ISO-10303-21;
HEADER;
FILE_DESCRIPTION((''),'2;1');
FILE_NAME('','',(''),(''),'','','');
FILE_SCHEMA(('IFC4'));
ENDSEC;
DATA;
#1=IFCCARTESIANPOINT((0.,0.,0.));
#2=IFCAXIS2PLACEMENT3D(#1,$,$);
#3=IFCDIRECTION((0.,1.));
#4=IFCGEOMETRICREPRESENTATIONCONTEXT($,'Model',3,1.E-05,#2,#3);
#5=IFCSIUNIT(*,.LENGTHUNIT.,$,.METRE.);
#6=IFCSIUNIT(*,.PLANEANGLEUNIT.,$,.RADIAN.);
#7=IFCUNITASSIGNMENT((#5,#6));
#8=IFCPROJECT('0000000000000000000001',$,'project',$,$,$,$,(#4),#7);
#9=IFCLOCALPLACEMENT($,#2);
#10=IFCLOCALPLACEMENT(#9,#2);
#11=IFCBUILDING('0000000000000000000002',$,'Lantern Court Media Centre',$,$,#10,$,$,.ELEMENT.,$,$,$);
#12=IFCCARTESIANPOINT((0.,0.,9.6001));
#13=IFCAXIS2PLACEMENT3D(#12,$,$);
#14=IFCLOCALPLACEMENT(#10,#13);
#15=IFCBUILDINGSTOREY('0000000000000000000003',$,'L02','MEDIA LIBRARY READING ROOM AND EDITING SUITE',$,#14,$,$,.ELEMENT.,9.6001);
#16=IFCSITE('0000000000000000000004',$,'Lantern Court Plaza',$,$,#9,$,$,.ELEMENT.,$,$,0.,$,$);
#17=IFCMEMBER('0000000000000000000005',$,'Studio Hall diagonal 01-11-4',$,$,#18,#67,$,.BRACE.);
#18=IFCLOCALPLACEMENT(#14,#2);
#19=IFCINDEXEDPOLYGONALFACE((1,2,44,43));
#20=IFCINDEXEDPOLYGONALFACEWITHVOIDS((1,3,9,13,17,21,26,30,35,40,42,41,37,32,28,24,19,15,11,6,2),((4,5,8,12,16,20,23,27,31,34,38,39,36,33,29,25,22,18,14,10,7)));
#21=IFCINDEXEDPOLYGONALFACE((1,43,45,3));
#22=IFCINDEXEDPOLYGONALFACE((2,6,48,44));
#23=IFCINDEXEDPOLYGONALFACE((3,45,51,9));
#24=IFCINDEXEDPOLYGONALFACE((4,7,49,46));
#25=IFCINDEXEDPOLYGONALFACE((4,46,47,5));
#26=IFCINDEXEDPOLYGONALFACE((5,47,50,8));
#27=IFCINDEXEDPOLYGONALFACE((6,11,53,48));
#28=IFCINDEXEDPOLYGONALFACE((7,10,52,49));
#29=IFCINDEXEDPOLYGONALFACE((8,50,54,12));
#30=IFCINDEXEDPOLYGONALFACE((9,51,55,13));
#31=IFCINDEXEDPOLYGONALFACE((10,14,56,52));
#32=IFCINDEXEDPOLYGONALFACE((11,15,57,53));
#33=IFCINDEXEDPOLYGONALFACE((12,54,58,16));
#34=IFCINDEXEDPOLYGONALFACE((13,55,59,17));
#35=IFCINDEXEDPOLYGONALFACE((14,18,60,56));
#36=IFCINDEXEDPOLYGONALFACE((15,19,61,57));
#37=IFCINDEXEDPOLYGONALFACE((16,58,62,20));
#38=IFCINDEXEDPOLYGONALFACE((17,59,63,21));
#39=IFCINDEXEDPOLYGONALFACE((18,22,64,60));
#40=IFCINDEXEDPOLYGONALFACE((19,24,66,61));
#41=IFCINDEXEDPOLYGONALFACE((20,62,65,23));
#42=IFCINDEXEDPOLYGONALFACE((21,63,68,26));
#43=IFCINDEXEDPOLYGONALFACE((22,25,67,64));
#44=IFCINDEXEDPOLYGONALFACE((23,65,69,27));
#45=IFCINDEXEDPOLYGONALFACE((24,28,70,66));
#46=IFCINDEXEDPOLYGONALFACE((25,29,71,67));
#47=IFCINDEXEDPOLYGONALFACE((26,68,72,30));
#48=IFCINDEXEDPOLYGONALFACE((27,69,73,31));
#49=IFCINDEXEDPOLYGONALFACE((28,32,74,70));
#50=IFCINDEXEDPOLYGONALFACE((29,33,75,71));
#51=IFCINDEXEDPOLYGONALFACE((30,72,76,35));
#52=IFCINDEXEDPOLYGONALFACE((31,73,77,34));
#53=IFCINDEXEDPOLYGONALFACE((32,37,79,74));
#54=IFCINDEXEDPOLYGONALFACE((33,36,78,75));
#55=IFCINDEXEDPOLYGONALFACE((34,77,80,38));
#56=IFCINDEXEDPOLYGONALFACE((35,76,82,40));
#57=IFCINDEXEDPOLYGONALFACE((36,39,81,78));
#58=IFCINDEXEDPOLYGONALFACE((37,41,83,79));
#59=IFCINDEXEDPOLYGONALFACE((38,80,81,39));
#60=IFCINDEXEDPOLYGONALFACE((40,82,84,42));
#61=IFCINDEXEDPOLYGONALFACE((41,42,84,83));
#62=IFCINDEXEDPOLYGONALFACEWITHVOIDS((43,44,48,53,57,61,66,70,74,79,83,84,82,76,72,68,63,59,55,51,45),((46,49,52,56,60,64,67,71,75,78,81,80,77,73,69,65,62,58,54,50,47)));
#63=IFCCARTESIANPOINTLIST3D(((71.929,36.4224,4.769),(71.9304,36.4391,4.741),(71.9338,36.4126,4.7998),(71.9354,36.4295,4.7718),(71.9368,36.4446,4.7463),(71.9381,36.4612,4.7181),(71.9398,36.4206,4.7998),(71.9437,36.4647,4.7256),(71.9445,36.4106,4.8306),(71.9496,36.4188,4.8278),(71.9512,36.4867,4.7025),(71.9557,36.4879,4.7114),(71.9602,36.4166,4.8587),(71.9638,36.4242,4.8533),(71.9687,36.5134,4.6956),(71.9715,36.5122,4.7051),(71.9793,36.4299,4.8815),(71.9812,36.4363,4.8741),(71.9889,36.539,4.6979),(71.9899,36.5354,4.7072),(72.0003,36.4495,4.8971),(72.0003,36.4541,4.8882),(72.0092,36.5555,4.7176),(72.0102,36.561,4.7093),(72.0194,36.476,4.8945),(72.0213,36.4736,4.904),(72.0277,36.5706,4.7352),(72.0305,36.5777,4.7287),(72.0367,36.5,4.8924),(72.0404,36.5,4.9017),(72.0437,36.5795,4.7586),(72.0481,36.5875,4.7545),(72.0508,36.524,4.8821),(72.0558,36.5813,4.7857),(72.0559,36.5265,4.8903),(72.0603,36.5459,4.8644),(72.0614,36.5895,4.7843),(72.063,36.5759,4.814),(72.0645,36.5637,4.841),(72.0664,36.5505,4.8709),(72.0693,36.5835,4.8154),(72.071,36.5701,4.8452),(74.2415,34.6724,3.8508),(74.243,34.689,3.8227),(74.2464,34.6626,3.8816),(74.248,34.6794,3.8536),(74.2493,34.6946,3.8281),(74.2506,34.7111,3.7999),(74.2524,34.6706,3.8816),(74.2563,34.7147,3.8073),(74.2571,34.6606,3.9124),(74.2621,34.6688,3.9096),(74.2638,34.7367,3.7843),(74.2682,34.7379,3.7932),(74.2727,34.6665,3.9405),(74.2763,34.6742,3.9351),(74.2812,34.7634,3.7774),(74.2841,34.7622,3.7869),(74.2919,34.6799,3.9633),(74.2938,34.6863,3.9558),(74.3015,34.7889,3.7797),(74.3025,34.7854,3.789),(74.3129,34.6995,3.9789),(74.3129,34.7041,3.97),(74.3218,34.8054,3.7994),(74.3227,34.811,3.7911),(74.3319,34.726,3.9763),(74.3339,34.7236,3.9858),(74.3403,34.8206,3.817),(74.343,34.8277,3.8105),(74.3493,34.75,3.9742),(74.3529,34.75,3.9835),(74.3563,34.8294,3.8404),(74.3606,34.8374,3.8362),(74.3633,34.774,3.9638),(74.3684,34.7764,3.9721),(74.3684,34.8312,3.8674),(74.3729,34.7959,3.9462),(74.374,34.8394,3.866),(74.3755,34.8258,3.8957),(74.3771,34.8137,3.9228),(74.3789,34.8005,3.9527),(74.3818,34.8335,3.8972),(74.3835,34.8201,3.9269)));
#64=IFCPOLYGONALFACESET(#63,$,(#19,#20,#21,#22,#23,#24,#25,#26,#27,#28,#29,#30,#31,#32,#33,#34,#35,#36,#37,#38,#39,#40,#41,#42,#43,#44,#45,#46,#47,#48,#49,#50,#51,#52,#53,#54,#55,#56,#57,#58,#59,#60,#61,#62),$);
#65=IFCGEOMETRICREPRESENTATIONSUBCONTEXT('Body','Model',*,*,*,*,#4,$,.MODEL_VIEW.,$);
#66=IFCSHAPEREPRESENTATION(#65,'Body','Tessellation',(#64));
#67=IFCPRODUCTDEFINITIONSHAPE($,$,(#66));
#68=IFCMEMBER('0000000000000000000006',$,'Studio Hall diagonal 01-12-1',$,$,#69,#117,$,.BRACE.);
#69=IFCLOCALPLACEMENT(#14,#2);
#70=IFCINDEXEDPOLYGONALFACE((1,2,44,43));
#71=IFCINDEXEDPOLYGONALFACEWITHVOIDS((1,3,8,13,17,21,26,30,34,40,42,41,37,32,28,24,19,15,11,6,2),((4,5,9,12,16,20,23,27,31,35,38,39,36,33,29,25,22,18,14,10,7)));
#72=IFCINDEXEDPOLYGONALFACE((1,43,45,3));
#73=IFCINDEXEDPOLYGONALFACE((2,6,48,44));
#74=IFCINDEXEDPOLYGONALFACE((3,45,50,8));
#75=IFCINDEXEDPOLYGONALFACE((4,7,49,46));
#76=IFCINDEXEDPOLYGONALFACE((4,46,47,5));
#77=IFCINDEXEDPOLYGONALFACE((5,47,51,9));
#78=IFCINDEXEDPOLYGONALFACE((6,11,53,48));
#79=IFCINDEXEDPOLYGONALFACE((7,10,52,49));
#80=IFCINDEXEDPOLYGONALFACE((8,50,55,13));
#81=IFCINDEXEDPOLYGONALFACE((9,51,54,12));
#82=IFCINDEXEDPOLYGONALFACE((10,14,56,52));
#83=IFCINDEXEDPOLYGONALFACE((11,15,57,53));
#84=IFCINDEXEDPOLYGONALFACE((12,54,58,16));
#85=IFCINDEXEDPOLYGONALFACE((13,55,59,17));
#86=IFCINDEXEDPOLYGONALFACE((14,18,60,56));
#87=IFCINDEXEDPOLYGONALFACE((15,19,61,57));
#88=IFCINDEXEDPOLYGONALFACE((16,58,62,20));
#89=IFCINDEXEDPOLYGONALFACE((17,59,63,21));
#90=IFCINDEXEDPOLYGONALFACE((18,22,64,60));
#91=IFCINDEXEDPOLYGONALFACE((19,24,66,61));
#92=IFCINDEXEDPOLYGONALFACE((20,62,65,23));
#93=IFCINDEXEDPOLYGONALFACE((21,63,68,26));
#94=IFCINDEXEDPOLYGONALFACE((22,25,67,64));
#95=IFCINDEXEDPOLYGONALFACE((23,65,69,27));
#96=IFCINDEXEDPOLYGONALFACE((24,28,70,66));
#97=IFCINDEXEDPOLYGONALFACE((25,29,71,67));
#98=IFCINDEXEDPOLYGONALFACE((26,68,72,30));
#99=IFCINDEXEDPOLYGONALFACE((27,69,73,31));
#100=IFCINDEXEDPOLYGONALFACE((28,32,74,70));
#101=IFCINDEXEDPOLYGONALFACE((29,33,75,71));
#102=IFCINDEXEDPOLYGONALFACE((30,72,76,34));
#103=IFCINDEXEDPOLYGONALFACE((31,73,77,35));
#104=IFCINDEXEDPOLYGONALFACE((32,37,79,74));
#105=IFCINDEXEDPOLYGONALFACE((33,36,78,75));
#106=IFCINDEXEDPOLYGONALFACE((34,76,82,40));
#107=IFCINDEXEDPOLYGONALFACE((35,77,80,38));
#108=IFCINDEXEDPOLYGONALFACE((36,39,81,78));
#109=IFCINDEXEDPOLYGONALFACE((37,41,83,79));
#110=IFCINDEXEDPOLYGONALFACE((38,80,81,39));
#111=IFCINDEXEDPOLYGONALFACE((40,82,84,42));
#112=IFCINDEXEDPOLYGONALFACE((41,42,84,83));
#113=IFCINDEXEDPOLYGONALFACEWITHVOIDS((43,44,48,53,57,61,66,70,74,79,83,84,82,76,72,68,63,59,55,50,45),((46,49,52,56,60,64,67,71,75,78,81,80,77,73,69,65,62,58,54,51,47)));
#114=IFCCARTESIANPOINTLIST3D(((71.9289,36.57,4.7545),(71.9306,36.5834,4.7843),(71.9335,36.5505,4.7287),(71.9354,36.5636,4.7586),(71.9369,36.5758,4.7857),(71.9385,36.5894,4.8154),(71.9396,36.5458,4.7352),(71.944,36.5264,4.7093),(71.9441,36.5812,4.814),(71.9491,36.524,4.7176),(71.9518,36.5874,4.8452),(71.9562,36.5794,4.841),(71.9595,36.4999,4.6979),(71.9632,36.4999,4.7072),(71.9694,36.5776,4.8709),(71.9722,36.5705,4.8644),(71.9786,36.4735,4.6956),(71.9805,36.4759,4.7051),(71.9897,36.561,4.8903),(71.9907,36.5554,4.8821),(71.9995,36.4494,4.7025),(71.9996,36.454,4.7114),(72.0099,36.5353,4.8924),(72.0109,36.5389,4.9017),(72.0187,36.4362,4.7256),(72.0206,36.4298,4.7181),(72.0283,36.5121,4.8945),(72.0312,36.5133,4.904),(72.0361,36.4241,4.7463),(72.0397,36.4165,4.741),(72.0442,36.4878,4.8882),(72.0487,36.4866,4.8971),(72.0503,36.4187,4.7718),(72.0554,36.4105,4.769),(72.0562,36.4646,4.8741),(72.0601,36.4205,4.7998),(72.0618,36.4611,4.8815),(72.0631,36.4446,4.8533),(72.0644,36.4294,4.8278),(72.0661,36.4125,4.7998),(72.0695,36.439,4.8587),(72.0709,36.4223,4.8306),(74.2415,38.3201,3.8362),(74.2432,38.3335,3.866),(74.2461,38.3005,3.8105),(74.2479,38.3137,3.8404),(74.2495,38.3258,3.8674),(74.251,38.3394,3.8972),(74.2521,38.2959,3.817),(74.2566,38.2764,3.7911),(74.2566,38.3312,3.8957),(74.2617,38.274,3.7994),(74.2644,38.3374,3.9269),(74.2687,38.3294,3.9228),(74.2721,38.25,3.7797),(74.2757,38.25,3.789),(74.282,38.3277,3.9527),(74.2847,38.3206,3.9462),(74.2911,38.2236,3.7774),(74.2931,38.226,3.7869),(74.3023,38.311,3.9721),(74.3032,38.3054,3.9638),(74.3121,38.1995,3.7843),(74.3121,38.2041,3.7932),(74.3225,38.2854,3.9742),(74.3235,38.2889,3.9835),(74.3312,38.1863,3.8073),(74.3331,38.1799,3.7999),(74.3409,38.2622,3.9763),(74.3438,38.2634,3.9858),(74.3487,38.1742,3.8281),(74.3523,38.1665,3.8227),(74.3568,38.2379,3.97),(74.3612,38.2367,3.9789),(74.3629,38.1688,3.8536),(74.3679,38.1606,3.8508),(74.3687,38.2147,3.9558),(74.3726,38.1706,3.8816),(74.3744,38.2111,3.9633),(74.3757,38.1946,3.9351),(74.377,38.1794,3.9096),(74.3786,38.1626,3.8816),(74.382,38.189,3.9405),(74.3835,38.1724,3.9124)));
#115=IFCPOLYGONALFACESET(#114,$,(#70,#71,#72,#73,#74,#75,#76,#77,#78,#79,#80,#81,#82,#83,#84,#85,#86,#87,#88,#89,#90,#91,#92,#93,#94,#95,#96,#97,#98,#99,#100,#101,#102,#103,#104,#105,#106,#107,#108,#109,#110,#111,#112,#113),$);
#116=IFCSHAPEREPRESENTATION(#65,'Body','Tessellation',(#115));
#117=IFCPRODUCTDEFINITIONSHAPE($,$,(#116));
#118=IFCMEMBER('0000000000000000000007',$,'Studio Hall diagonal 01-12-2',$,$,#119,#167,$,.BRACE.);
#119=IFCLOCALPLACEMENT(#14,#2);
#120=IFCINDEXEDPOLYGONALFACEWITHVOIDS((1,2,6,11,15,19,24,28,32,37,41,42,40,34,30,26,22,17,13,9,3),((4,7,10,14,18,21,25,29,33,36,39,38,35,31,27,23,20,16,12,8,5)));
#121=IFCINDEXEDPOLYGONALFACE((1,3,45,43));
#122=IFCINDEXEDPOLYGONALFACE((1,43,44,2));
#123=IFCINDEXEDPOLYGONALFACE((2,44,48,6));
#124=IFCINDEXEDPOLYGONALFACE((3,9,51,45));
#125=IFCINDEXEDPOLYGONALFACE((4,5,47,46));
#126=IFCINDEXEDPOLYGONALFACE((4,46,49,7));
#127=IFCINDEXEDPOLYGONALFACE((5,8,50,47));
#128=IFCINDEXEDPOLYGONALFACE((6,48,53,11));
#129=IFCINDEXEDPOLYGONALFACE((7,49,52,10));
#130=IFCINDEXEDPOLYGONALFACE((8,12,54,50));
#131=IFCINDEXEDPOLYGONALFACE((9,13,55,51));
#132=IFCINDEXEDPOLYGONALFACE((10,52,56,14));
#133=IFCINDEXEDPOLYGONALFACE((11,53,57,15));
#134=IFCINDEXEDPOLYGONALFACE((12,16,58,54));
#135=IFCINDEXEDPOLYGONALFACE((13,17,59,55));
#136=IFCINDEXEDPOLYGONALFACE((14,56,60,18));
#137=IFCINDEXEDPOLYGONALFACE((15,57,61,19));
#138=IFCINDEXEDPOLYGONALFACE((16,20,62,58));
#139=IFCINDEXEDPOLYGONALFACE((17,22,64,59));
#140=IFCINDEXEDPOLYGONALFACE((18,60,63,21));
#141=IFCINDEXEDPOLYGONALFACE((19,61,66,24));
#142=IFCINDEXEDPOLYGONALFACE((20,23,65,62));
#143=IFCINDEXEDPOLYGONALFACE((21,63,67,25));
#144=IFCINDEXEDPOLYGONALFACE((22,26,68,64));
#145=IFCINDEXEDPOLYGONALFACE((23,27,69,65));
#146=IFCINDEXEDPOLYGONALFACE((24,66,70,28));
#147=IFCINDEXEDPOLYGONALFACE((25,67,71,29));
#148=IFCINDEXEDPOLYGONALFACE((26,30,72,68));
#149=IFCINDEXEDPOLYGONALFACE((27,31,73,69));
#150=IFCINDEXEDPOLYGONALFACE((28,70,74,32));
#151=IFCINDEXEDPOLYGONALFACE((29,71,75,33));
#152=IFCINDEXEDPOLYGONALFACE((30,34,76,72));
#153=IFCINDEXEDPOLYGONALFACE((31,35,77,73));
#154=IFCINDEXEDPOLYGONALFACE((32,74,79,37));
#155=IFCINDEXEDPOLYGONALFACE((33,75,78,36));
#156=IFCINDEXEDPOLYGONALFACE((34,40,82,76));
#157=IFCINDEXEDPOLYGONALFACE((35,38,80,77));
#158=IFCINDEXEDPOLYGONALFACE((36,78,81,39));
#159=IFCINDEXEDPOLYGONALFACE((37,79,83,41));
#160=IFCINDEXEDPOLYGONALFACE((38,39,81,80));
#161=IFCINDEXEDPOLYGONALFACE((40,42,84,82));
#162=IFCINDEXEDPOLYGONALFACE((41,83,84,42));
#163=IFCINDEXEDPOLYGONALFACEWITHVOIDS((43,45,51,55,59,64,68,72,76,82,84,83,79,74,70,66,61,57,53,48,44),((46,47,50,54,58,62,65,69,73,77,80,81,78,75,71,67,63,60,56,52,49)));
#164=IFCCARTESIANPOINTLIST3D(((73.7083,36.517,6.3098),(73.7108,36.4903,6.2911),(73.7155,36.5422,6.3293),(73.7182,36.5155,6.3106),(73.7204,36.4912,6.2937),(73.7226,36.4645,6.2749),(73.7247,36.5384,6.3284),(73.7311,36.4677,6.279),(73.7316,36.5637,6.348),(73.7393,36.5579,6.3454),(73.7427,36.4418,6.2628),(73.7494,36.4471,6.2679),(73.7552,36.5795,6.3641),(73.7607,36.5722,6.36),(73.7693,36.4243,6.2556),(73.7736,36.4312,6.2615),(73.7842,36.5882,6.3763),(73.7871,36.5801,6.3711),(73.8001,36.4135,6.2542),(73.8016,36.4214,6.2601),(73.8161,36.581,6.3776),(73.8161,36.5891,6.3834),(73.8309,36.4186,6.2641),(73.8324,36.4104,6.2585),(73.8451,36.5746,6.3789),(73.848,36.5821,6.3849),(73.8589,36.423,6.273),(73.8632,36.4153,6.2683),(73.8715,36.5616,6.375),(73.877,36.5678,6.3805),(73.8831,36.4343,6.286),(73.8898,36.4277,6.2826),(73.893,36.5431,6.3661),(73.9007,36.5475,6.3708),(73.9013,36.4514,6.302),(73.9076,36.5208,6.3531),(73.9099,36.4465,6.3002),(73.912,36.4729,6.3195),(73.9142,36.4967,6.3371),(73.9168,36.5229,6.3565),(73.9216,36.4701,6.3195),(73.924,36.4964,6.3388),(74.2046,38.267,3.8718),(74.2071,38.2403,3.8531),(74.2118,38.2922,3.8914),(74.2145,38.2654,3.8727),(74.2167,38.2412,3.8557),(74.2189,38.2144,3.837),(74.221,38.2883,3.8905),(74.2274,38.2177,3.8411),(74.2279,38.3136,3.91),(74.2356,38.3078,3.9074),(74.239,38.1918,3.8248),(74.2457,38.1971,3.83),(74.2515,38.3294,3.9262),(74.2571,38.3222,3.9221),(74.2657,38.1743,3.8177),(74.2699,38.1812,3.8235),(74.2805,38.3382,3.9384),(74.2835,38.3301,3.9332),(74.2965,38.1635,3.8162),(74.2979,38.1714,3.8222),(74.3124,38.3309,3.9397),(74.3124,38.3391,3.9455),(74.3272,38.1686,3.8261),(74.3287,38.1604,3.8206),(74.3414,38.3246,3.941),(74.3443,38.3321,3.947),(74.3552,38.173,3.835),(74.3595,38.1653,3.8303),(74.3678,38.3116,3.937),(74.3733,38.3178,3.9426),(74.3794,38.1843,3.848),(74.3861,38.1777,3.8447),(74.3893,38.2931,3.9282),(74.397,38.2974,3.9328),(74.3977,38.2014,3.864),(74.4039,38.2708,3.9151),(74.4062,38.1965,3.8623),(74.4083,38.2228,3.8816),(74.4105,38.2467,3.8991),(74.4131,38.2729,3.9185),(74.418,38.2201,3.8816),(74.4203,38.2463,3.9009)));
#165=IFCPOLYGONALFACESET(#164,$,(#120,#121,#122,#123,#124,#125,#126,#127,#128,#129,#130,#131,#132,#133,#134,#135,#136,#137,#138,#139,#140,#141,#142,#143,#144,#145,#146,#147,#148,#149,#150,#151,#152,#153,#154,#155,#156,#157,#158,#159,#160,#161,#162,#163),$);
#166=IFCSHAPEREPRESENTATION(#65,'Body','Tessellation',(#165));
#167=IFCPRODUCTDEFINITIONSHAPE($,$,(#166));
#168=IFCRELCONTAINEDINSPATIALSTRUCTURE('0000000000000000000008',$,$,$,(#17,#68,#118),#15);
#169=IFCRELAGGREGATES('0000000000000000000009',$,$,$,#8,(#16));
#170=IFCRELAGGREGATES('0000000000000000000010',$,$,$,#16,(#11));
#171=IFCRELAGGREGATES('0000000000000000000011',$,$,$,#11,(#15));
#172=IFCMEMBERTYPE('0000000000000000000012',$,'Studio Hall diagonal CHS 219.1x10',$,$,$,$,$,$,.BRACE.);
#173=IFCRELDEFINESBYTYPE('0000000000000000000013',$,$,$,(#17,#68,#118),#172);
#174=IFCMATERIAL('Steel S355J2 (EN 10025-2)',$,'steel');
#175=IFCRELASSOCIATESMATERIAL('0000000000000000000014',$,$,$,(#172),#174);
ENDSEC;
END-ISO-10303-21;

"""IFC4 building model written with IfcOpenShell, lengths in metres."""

from ifc_helpers import new_model, si_unit, direction, frame, origin, origin_2d, place, context, subcontext, project, spatial, hollow_circle, extrude, material, material_profile, profile_set, type_object, element, save


model = new_model("IFC4")

# Units and contexts
model_context = context("Model", 3, precision=1e-05, world=origin(), true_north=direction((0.0, 1.0)))
body_context = subcontext(model_context, "Body", "Model", "MODEL_VIEW")
ifc_project = project(units=[si_unit("LENGTHUNIT", "METRE"), si_unit("PLANEANGLEUNIT", "RADIAN")], contexts=[model_context])

# Site, building, storey
site_placement = place(None, origin())
site = spatial("IfcSite", under=ifc_project, at=site_placement, Name="Lantern Court Plaza", CompositionType="ELEMENT", RefElevation=0.0)
building_placement = place(site_placement, origin())
building = spatial("IfcBuilding", under=site, at=building_placement, Name="Lantern Court Media Centre", CompositionType="ELEMENT")
storey_placement = place(building_placement, frame((0.0, 0.0, 9.6001)))
storey = spatial("IfcBuildingStorey", under=building, at=storey_placement, Name="L02", Description="MEDIA LIBRARY READING ROOM AND EDITING SUITE", CompositionType="ELEMENT", Elevation=9.6001)

# Members
ifc_material_1 = material(Name="Steel S355J2 (EN 10025-2)", Category="steel")
ifc_material_profile_1 = material_profile(ifc_material_1, hollow_circle(Radius=0.1096, WallThickness=0.01, at=origin_2d()), Name="Studio Hall diagonal CHS 219.1x10")
ifc_profile_set_1 = profile_set([ifc_material_profile_1], Name="Steel S355J2 (EN 10025-2)")
member_type_1 = type_object("IfcMemberType", Name="Studio Hall diagonal CHS 219.1x10", PredefinedType="BRACE", material=ifc_profile_set_1)
for number, where, z_axis, x_axis, name in (
    (1, (74.3125, 34.75, 3.8816), (-0.760211, 0.575295, 0.301853), (-0.603443, -0.797406, 0.0), "Studio Hall diagonal 01-11-4"),
    (2, (74.3125, 38.25, 3.8816), (-0.760211, -0.575295, 0.301853), (0.603443, -0.797406, 0.0), "Studio Hall diagonal 01-12-1"),
):
    element("IfcMember", number, at=place(storey_placement, frame(where, z_axis=z_axis, x_axis=x_axis)), inside=storey, type_object=member_type_1, Name=name, PredefinedType="BRACE", context=body_context, shape_type="SweptSolid", body=[
        extrude(hollow_circle(Radius=0.1096, WallThickness=0.01, at=origin_2d()), origin(), (0.0, 0.0, 1.0), 3.042),
    ])
for number, where, z_axis, x_axis, name in (
    (3, (74.3125, 38.25, 3.8816), (-0.163172, -0.575314, 0.801491), (0.962054, -0.272859, 0.0), "Studio Hall diagonal 01-12-2"),
):
    element("IfcMember", number, at=place(storey_placement, frame(where, z_axis=z_axis, x_axis=x_axis)), inside=storey, type_object=member_type_1, Name=name, PredefinedType="BRACE", context=body_context, shape_type="SweptSolid", body=[
        extrude(hollow_circle(Radius=0.1096, WallThickness=0.01, at=origin_2d()), origin(), (0.0, 0.0, 1.0), 3.0417),
    ])

save(model, "model.ifc")
